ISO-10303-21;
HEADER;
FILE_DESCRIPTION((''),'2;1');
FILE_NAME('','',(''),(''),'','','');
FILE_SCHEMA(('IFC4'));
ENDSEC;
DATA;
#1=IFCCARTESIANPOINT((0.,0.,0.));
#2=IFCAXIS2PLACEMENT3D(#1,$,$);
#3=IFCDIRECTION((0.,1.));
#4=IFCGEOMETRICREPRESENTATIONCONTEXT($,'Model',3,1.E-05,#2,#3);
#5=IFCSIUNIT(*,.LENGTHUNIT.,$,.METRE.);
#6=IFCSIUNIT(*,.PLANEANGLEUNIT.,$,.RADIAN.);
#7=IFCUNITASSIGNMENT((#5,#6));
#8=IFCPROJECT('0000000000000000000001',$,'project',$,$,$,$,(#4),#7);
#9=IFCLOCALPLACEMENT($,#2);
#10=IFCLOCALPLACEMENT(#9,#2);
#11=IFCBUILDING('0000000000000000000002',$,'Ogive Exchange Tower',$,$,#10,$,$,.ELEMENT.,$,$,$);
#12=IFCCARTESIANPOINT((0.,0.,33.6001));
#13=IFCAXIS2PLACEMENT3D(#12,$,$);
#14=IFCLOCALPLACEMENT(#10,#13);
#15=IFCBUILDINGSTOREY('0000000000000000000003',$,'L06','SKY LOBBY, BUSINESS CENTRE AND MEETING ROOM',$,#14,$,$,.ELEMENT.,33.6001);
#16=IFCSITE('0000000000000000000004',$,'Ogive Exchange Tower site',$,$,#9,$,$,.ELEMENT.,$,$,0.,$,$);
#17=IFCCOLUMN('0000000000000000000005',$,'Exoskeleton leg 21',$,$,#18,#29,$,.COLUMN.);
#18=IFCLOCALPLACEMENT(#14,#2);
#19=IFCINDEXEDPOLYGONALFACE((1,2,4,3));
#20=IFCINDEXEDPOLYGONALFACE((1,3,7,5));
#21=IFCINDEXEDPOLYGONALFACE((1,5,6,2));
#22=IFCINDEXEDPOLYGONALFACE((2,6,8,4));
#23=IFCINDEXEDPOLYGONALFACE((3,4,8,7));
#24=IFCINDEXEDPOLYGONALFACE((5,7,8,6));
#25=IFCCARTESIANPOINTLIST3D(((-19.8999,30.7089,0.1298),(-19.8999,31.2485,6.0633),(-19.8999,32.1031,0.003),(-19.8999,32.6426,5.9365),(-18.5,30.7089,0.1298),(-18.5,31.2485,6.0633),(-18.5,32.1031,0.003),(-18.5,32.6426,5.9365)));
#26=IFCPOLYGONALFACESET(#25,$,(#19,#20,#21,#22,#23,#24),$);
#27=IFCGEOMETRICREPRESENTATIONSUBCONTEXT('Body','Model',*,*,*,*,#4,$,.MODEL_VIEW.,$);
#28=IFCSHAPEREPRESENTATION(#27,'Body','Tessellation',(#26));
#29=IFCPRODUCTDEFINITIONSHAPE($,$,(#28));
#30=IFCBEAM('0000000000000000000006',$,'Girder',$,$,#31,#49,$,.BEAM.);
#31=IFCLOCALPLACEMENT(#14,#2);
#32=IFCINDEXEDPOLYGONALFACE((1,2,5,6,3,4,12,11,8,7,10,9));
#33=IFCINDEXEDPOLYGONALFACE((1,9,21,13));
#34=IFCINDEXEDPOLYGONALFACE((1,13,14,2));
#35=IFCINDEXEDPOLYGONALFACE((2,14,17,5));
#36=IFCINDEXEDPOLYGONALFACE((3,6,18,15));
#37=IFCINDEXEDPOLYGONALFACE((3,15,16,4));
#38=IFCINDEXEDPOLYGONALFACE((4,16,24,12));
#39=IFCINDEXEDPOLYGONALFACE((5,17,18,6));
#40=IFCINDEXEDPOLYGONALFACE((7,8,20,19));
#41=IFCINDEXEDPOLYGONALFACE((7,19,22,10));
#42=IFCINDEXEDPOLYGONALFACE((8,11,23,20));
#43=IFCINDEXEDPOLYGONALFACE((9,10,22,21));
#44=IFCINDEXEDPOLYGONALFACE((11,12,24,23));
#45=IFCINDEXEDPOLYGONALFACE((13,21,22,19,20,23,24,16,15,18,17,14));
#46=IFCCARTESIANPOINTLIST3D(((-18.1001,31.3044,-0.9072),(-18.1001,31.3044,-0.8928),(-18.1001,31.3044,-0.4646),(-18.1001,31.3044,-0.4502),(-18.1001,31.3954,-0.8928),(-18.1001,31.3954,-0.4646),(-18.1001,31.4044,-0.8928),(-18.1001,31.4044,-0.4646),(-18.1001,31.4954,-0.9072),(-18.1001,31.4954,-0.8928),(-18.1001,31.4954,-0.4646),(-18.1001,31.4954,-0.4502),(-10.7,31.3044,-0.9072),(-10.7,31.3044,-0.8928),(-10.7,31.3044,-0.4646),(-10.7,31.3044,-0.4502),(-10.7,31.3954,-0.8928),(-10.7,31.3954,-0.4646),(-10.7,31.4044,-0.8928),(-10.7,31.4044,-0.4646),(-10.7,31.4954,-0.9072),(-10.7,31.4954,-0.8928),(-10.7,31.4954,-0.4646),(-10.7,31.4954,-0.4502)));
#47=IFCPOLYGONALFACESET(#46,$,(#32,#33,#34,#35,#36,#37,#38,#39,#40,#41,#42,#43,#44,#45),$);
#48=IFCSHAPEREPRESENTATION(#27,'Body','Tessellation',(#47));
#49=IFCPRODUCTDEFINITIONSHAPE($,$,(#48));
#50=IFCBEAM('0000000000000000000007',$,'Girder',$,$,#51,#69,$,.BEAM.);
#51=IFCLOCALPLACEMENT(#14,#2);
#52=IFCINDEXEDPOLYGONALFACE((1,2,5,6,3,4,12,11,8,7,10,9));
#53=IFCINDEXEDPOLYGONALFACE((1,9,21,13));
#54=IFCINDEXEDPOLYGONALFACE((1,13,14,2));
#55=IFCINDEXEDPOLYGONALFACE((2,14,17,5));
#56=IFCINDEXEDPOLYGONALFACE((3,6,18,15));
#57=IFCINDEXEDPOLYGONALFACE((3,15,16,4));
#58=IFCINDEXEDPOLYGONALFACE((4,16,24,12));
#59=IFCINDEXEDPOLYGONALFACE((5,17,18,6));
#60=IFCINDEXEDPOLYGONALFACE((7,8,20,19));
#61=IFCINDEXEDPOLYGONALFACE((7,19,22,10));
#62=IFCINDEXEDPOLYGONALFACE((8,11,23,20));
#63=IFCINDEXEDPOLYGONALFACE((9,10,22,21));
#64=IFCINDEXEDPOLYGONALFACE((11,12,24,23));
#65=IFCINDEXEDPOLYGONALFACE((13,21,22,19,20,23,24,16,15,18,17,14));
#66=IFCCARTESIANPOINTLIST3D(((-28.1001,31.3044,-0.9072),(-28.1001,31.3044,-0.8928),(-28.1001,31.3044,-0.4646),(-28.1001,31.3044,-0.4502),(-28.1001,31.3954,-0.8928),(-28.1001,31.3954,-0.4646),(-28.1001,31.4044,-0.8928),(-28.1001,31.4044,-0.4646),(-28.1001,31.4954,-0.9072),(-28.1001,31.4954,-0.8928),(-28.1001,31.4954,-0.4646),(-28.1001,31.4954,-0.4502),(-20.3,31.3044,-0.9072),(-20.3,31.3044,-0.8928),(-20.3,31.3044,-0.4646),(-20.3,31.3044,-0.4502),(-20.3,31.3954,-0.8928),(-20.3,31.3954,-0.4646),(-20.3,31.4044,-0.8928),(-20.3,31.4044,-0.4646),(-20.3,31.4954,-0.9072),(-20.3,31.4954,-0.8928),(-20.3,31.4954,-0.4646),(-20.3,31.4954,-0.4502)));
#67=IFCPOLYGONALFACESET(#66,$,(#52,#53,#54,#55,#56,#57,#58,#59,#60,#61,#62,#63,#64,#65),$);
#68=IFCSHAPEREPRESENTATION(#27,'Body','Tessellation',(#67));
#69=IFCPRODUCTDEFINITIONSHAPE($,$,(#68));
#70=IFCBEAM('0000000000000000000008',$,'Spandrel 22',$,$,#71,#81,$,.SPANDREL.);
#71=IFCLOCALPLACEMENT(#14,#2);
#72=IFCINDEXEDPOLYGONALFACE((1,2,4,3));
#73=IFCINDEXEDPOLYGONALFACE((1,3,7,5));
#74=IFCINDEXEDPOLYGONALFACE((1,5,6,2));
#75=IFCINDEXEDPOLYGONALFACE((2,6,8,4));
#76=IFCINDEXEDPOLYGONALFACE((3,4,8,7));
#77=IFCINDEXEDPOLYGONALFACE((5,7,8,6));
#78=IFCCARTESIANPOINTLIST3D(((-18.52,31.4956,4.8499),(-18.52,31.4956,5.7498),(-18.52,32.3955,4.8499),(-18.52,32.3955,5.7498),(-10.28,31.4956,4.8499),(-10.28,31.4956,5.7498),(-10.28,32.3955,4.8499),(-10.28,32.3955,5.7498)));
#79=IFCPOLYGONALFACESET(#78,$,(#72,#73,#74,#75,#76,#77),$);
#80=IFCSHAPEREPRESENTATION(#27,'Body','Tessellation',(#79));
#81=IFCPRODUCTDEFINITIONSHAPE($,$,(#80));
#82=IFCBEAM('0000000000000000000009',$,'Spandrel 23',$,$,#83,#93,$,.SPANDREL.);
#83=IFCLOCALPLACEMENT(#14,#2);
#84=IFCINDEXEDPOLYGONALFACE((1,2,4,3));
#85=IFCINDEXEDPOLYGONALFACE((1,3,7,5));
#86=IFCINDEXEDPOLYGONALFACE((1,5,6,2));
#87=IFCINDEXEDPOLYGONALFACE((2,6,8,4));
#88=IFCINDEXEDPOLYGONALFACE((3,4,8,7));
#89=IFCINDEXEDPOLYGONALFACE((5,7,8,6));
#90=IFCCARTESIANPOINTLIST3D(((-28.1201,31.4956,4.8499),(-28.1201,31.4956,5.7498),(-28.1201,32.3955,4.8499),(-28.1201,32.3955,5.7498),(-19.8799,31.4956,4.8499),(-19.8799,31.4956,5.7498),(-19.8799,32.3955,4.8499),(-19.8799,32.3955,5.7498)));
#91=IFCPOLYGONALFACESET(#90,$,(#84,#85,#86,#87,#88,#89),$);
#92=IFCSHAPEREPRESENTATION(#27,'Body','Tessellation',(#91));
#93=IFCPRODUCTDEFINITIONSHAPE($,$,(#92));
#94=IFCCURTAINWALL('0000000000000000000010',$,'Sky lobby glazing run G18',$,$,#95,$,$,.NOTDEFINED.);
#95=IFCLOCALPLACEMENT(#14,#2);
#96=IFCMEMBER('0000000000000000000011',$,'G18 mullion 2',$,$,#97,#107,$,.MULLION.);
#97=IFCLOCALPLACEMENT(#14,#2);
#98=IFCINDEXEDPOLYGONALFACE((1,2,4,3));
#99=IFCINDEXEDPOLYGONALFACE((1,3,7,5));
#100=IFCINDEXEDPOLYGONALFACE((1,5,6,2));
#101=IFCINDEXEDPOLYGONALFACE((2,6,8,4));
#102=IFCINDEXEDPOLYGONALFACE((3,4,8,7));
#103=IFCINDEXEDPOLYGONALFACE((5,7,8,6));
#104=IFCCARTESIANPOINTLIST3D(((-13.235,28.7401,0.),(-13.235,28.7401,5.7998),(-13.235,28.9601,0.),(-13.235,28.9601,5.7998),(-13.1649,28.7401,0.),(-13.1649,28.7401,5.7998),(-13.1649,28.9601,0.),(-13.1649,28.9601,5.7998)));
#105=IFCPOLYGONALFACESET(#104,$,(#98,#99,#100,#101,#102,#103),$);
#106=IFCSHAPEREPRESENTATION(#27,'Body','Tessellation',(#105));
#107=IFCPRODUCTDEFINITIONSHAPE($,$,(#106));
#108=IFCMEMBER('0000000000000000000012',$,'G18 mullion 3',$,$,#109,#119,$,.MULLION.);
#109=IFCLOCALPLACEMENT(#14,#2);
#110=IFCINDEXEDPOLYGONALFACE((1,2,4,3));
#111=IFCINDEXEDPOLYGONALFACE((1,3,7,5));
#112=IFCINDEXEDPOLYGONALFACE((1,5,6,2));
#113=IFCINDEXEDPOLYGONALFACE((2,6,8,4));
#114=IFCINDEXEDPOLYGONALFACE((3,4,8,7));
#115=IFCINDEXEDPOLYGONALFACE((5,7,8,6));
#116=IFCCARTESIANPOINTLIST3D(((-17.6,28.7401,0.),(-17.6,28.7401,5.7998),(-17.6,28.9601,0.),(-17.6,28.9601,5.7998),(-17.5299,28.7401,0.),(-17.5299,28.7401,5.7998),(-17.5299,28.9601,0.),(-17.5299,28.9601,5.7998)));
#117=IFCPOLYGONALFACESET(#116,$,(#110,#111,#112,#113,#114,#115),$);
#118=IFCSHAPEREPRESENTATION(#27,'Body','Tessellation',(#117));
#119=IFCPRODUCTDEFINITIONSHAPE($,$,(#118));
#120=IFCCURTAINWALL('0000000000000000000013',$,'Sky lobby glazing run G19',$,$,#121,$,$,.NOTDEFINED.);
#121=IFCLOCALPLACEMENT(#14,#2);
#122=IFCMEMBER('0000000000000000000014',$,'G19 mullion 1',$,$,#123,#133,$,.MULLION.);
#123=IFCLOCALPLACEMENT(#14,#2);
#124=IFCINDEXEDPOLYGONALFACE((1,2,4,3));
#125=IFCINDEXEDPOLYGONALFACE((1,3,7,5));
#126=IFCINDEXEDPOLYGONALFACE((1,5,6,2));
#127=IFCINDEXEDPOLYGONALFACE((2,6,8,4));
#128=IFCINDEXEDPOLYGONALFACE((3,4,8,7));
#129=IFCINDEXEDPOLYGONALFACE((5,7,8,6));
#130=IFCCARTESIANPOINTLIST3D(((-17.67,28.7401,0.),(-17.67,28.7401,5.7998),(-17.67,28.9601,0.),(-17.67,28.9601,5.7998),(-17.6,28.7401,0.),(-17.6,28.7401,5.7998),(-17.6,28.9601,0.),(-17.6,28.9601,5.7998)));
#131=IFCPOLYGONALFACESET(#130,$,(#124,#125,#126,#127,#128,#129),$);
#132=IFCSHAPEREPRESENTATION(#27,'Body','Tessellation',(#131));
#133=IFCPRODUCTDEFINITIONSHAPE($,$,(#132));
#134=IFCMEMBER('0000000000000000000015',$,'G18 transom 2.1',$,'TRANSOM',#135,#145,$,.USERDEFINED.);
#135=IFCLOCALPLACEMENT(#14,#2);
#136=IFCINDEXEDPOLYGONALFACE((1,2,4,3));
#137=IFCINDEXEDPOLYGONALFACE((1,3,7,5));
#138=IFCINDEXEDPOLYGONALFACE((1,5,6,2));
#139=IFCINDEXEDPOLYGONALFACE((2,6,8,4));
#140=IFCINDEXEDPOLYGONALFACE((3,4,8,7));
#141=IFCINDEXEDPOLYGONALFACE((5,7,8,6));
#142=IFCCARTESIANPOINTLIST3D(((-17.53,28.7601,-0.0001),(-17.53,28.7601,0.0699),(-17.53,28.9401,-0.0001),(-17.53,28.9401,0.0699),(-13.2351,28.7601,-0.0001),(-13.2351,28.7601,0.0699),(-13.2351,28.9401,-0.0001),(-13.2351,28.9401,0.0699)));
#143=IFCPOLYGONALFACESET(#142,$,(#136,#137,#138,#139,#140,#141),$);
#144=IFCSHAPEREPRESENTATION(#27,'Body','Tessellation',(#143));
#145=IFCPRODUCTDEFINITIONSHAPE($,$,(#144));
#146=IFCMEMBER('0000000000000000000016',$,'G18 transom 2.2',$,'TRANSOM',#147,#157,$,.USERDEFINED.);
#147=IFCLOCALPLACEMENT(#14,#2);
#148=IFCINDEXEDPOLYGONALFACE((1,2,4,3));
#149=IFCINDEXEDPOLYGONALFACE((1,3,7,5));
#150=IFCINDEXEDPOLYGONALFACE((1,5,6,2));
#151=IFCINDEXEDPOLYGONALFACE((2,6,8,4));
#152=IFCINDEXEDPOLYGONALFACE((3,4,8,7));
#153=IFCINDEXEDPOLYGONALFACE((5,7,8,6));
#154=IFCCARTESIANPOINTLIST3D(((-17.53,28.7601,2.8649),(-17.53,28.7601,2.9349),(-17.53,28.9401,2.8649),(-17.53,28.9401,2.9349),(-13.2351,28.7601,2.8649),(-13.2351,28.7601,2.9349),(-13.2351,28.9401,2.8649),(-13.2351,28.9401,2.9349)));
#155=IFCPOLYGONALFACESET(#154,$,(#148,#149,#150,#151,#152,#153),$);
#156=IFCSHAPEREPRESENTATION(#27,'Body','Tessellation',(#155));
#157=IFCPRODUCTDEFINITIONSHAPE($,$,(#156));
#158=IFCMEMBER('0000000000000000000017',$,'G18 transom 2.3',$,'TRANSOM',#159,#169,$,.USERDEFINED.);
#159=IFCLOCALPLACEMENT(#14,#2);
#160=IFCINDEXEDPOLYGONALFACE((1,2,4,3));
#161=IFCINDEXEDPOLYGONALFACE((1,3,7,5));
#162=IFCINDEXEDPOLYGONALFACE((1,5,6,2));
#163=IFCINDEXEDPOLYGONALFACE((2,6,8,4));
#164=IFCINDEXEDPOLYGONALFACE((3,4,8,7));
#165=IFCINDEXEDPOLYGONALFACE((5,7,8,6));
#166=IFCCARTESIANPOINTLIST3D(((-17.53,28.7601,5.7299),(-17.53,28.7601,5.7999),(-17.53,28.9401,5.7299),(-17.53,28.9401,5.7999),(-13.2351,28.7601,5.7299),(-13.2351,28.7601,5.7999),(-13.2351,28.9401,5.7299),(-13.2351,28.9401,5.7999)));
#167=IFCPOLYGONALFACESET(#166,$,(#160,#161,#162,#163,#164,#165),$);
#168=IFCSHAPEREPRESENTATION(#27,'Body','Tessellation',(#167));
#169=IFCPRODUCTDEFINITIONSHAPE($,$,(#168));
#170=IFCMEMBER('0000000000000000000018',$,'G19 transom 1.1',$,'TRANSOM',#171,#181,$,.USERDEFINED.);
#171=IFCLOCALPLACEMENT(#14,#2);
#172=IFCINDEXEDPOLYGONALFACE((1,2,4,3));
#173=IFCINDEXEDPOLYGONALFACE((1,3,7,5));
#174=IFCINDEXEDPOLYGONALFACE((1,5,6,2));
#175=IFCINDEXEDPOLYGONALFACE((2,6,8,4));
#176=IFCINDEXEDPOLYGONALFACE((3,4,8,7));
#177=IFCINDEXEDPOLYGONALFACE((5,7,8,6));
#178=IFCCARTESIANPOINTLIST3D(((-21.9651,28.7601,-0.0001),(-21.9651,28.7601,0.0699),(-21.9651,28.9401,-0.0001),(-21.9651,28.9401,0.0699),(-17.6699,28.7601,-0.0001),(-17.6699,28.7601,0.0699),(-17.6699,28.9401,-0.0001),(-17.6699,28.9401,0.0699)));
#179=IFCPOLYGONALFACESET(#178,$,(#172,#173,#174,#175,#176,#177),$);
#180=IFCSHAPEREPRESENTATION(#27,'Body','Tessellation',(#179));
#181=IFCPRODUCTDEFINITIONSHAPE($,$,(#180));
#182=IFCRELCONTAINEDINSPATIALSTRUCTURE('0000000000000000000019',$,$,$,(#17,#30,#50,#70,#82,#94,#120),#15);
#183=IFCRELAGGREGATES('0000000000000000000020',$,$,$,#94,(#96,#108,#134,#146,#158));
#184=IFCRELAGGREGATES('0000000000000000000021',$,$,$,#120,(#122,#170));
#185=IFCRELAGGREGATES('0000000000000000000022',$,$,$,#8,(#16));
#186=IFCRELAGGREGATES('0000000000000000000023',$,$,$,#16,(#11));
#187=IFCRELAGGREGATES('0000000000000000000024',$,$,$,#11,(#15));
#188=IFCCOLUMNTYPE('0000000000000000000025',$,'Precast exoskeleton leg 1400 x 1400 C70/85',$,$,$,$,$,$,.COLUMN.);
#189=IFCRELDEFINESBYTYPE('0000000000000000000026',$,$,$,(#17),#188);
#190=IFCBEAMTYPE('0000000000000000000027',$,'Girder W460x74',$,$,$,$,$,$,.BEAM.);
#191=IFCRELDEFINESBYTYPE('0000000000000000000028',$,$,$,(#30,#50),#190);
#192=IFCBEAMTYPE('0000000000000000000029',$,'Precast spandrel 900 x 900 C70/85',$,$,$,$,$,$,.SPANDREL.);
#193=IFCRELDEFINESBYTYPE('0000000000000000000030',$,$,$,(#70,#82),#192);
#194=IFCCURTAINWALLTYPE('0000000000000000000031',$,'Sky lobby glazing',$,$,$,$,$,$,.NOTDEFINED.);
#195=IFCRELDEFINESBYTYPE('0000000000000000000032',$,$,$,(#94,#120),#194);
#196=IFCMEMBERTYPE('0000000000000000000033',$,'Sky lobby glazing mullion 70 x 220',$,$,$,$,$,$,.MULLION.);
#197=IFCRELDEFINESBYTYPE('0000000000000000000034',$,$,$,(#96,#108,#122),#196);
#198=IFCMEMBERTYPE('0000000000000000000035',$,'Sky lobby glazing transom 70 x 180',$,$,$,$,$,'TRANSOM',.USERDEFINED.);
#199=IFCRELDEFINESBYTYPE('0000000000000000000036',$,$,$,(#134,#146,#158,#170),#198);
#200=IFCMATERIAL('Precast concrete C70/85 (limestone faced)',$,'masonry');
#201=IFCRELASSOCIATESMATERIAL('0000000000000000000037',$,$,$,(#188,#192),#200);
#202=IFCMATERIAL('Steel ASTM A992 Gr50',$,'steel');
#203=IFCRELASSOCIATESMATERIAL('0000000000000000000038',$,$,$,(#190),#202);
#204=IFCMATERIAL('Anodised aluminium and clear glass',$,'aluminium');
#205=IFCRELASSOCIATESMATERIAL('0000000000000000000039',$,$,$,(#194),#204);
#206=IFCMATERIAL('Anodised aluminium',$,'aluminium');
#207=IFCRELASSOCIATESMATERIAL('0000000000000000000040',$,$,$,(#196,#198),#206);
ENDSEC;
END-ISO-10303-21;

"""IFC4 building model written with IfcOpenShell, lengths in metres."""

from ifc_helpers import new_model, si_unit, direction, frame, origin, origin_2d, place, context, subcontext, project, spatial, rectangle, i_section, extrude, material, material_profile, profile_set, type_object, element, aggregate, save


model = new_model("IFC4")

# Units and contexts
model_context = context("Model", 3, precision=1e-05, world=origin(), true_north=direction((0.0, 1.0)))
body_context = subcontext(model_context, "Body", "Model", "MODEL_VIEW")
ifc_project = project(units=[si_unit("LENGTHUNIT", "METRE"), si_unit("PLANEANGLEUNIT", "RADIAN")], contexts=[model_context])

# Site, building, storey
site_placement = place(None, origin())
site = spatial("IfcSite", under=ifc_project, at=site_placement, Name="Ogive Exchange Tower site", CompositionType="ELEMENT", RefElevation=0.0)
building_placement = place(site_placement, origin())
building = spatial("IfcBuilding", under=site, at=building_placement, Name="Ogive Exchange Tower", CompositionType="ELEMENT")
storey_placement = place(building_placement, frame((0.0, 0.0, 33.6001)))
storey = spatial("IfcBuildingStorey", under=building, at=storey_placement, Name="L06", Description="SKY LOBBY, BUSINESS CENTRE AND MEETING ROOM", CompositionType="ELEMENT", Elevation=33.6001)

# Column
ifc_material_1 = material(Name="Precast concrete C70/85 (limestone faced)", Category="masonry")
ifc_material_profile_1 = material_profile(ifc_material_1, rectangle(XDim=1.3999, YDim=1.3999, at=origin_2d()), Name="1400 x 1400")
ifc_profile_set_1 = profile_set([ifc_material_profile_1], Name="Precast concrete C70/85 (limestone faced)")
column_type = type_object("IfcColumnType", Name="Precast exoskeleton leg 1400 x 1400 C70/85", PredefinedType="COLUMN", material=ifc_profile_set_1)
column_placement = place(storey_placement, frame((-19.2, 31.406, 0.0664), z_axis=(0.0, 0.090558, 0.995891), x_axis=(-1.0, 0.0, 0.0)))
element("IfcColumn", 1, at=column_placement, inside=storey, type_object=column_type, Name="Exoskeleton leg 21", PredefinedType="COLUMN", context=body_context, shape_type="SweptSolid", body=[
    extrude(rectangle(XDim=1.3999, YDim=1.3999, at=origin_2d()), origin(), (0.0, 0.0, 1.0), 5.958),
])

# Beams
ifc_material_2 = material(Name="Steel ASTM A992 Gr50", Category="steel")
ifc_material_profile_2 = material_profile(ifc_material_2, i_section(OverallWidth=0.1909, OverallDepth=0.457, WebThickness=0.009, FlangeThickness=0.0144, at=origin_2d()), Name="W460x74")
ifc_profile_set_2 = profile_set([ifc_material_profile_2], Name="Steel ASTM A992 Gr50")
beam_type_1 = type_object("IfcBeamType", Name="Girder W460x74", PredefinedType="BEAM", material=ifc_profile_set_2)
beam_1_placement = place(storey_placement, frame((-10.7, 31.3999, -0.6787), z_axis=(-1.0, 0.0, 0.0), x_axis=(0.0, -1.0, 0.0)))
element("IfcBeam", 2, at=beam_1_placement, inside=storey, type_object=beam_type_1, Name="Girder", PredefinedType="BEAM", context=body_context, shape_type="SweptSolid", body=[
    extrude(i_section(OverallWidth=0.1909, OverallDepth=0.457, WebThickness=0.009, FlangeThickness=0.0144, at=origin_2d()), origin(), (0.0, 0.0, 1.0), 7.4001),
])
beam_2_placement = place(storey_placement, frame((-20.3, 31.3999, -0.6787), z_axis=(-1.0, 0.0, 0.0), x_axis=(0.0, -1.0, 0.0)))
element("IfcBeam", 3, at=beam_2_placement, inside=storey, type_object=beam_type_1, Name="Girder", PredefinedType="BEAM", context=body_context, shape_type="SweptSolid", body=[
    extrude(i_section(OverallWidth=0.1909, OverallDepth=0.457, WebThickness=0.009, FlangeThickness=0.0144, at=origin_2d()), origin(), (0.0, 0.0, 1.0), 7.8),
])
ifc_material_profile_3 = material_profile(ifc_material_1, rectangle(XDim=0.8999, YDim=0.8999, at=origin_2d()), Name="900 x 900")
ifc_profile_set_3 = profile_set([ifc_material_profile_3], Name="Precast concrete C70/85 (limestone faced)")
beam_type_2 = type_object("IfcBeamType", Name="Precast spandrel 900 x 900 C70/85", PredefinedType="SPANDREL", material=ifc_profile_set_3)
beam_3_placement = place(storey_placement, frame((-10.28, 31.9456, 5.2998), z_axis=(-1.0, 0.0, 0.0), x_axis=(0.0, -1.0, 0.0)))
element("IfcBeam", 4, at=beam_3_placement, inside=storey, type_object=beam_type_2, Name="Spandrel 22", PredefinedType="SPANDREL", context=body_context, shape_type="SweptSolid", body=[
    extrude(rectangle(XDim=0.8999, YDim=0.8999, at=origin_2d()), origin(), (0.0, 0.0, 1.0), 8.24),
])
beam_4_placement = place(storey_placement, frame((-19.8799, 31.9456, 5.2998), z_axis=(-1.0, 0.0, 0.0), x_axis=(0.0, -1.0, 0.0)))
element("IfcBeam", 5, at=beam_4_placement, inside=storey, type_object=beam_type_2, Name="Spandrel 23", PredefinedType="SPANDREL", context=body_context, shape_type="SweptSolid", body=[
    extrude(rectangle(XDim=0.8999, YDim=0.8999, at=origin_2d()), origin(), (0.0, 0.0, 1.0), 8.2402),
])

# Curtain wall, members
ifc_material_3 = material(Name="Anodised aluminium and clear glass", Category="aluminium")
curtain_wall_type = type_object("IfcCurtainWallType", Name="Sky lobby glazing", PredefinedType="NOTDEFINED", material=ifc_material_3)
curtain_wall_1_placement = place(storey_placement, origin())
curtain_wall_1 = element("IfcCurtainWall", 6, at=curtain_wall_1_placement, inside=storey, type_object=curtain_wall_type, Name="Sky lobby glazing run G18", PredefinedType="NOTDEFINED")
ifc_material_4 = material(Name="Anodised aluminium", Category="aluminium")
ifc_material_profile_4 = material_profile(ifc_material_4, rectangle(XDim=0.22, YDim=0.0701, at=origin_2d()), Name="AL 70x220")
ifc_profile_set_4 = profile_set([ifc_material_profile_4], Name="Anodised aluminium")
member_type_1 = type_object("IfcMemberType", Name="Sky lobby glazing mullion 70 x 220", PredefinedType="MULLION", material=ifc_profile_set_4)
member_1_placement = place(storey_placement, frame((-13.2, 28.8501, 0.0), z_axis=(0.0, 0.0, 1.0), x_axis=(0.0, -1.0, 0.0)))
member_1 = element("IfcMember", 7, at=member_1_placement, type_object=member_type_1, Name="G18 mullion 2", PredefinedType="MULLION", context=body_context, shape_type="SweptSolid", body=[
    extrude(rectangle(XDim=0.22, YDim=0.0701, at=origin_2d()), origin(), (0.0, 0.0, 1.0), 5.7998),
])
member_2_placement = place(storey_placement, frame((-17.5649, 28.8501, 0.0), z_axis=(0.0, 0.0, 1.0), x_axis=(0.0, -1.0, 0.0)))
member_2 = element("IfcMember", 8, at=member_2_placement, type_object=member_type_1, Name="G18 mullion 3", PredefinedType="MULLION", context=body_context, shape_type="SweptSolid", body=[
    extrude(rectangle(XDim=0.22, YDim=0.0701, at=origin_2d()), origin(), (0.0, 0.0, 1.0), 5.7998),
])

# Curtain wall, member
curtain_wall_2_placement = place(storey_placement, origin())
curtain_wall_2 = element("IfcCurtainWall", 9, at=curtain_wall_2_placement, inside=storey, type_object=curtain_wall_type, Name="Sky lobby glazing run G19", PredefinedType="NOTDEFINED")
member_3_placement = place(storey_placement, frame((-17.635, 28.8501, 0.0), z_axis=(0.0, 0.0, 1.0), x_axis=(0.0, -1.0, 0.0)))
member_3 = element("IfcMember", 10, at=member_3_placement, type_object=member_type_1, Name="G19 mullion 1", PredefinedType="MULLION", context=body_context, shape_type="SweptSolid", body=[
    extrude(rectangle(XDim=0.22, YDim=0.0701, at=origin_2d()), origin(), (0.0, 0.0, 1.0), 5.7998),
])

# Members
ifc_material_profile_5 = material_profile(ifc_material_4, rectangle(XDim=0.1799, YDim=0.0701, at=origin_2d()), Name="AL 70x180")
ifc_profile_set_5 = profile_set([ifc_material_profile_5], Name="Anodised aluminium")
member_type_2 = type_object("IfcMemberType", Name="Sky lobby glazing transom 70 x 180", ElementType="TRANSOM", PredefinedType="USERDEFINED", material=ifc_profile_set_5)
member_4_placement = place(storey_placement, frame((-13.2351, 28.8501, 0.0349), z_axis=(-1.0, 0.0, 0.0), x_axis=(0.0, -1.0, 0.0)))
member_4 = element("IfcMember", 11, at=member_4_placement, type_object=member_type_2, Name="G18 transom 2.1", ObjectType="TRANSOM", PredefinedType="USERDEFINED", context=body_context, shape_type="SweptSolid", body=[
    extrude(rectangle(XDim=0.1799, YDim=0.0701, at=origin_2d()), origin(), (0.0, 0.0, 1.0), 4.2949),
])
member_5_placement = place(storey_placement, frame((-13.2351, 28.8501, 2.8999), z_axis=(-1.0, 0.0, 0.0), x_axis=(0.0, -1.0, 0.0)))
member_5 = element("IfcMember", 12, at=member_5_placement, type_object=member_type_2, Name="G18 transom 2.2", ObjectType="TRANSOM", PredefinedType="USERDEFINED", context=body_context, shape_type="SweptSolid", body=[
    extrude(rectangle(XDim=0.1799, YDim=0.0701, at=origin_2d()), origin(), (0.0, 0.0, 1.0), 4.2949),
])
member_6_placement = place(storey_placement, frame((-13.2351, 28.8501, 5.7649), z_axis=(-1.0, 0.0, 0.0), x_axis=(0.0, -1.0, 0.0)))
member_6 = element("IfcMember", 13, at=member_6_placement, type_object=member_type_2, Name="G18 transom 2.3", ObjectType="TRANSOM", PredefinedType="USERDEFINED", context=body_context, shape_type="SweptSolid", body=[
    extrude(rectangle(XDim=0.1799, YDim=0.0701, at=origin_2d()), origin(), (0.0, 0.0, 1.0), 4.2949),
])
member_7_placement = place(storey_placement, frame((-17.6699, 28.8501, 0.0349), z_axis=(-1.0, 0.0, 0.0), x_axis=(0.0, -1.0, 0.0)))
member_7 = element("IfcMember", 14, at=member_7_placement, type_object=member_type_2, Name="G19 transom 1.1", ObjectType="TRANSOM", PredefinedType="USERDEFINED", context=body_context, shape_type="SweptSolid", body=[
    extrude(rectangle(XDim=0.1799, YDim=0.0701, at=origin_2d()), origin(), (0.0, 0.0, 1.0), 4.2952),
])

aggregate(curtain_wall_1, [member_1, member_2, member_4, member_5, member_6])
aggregate(curtain_wall_2, [member_3, member_7])

save(model, "model.ifc")
